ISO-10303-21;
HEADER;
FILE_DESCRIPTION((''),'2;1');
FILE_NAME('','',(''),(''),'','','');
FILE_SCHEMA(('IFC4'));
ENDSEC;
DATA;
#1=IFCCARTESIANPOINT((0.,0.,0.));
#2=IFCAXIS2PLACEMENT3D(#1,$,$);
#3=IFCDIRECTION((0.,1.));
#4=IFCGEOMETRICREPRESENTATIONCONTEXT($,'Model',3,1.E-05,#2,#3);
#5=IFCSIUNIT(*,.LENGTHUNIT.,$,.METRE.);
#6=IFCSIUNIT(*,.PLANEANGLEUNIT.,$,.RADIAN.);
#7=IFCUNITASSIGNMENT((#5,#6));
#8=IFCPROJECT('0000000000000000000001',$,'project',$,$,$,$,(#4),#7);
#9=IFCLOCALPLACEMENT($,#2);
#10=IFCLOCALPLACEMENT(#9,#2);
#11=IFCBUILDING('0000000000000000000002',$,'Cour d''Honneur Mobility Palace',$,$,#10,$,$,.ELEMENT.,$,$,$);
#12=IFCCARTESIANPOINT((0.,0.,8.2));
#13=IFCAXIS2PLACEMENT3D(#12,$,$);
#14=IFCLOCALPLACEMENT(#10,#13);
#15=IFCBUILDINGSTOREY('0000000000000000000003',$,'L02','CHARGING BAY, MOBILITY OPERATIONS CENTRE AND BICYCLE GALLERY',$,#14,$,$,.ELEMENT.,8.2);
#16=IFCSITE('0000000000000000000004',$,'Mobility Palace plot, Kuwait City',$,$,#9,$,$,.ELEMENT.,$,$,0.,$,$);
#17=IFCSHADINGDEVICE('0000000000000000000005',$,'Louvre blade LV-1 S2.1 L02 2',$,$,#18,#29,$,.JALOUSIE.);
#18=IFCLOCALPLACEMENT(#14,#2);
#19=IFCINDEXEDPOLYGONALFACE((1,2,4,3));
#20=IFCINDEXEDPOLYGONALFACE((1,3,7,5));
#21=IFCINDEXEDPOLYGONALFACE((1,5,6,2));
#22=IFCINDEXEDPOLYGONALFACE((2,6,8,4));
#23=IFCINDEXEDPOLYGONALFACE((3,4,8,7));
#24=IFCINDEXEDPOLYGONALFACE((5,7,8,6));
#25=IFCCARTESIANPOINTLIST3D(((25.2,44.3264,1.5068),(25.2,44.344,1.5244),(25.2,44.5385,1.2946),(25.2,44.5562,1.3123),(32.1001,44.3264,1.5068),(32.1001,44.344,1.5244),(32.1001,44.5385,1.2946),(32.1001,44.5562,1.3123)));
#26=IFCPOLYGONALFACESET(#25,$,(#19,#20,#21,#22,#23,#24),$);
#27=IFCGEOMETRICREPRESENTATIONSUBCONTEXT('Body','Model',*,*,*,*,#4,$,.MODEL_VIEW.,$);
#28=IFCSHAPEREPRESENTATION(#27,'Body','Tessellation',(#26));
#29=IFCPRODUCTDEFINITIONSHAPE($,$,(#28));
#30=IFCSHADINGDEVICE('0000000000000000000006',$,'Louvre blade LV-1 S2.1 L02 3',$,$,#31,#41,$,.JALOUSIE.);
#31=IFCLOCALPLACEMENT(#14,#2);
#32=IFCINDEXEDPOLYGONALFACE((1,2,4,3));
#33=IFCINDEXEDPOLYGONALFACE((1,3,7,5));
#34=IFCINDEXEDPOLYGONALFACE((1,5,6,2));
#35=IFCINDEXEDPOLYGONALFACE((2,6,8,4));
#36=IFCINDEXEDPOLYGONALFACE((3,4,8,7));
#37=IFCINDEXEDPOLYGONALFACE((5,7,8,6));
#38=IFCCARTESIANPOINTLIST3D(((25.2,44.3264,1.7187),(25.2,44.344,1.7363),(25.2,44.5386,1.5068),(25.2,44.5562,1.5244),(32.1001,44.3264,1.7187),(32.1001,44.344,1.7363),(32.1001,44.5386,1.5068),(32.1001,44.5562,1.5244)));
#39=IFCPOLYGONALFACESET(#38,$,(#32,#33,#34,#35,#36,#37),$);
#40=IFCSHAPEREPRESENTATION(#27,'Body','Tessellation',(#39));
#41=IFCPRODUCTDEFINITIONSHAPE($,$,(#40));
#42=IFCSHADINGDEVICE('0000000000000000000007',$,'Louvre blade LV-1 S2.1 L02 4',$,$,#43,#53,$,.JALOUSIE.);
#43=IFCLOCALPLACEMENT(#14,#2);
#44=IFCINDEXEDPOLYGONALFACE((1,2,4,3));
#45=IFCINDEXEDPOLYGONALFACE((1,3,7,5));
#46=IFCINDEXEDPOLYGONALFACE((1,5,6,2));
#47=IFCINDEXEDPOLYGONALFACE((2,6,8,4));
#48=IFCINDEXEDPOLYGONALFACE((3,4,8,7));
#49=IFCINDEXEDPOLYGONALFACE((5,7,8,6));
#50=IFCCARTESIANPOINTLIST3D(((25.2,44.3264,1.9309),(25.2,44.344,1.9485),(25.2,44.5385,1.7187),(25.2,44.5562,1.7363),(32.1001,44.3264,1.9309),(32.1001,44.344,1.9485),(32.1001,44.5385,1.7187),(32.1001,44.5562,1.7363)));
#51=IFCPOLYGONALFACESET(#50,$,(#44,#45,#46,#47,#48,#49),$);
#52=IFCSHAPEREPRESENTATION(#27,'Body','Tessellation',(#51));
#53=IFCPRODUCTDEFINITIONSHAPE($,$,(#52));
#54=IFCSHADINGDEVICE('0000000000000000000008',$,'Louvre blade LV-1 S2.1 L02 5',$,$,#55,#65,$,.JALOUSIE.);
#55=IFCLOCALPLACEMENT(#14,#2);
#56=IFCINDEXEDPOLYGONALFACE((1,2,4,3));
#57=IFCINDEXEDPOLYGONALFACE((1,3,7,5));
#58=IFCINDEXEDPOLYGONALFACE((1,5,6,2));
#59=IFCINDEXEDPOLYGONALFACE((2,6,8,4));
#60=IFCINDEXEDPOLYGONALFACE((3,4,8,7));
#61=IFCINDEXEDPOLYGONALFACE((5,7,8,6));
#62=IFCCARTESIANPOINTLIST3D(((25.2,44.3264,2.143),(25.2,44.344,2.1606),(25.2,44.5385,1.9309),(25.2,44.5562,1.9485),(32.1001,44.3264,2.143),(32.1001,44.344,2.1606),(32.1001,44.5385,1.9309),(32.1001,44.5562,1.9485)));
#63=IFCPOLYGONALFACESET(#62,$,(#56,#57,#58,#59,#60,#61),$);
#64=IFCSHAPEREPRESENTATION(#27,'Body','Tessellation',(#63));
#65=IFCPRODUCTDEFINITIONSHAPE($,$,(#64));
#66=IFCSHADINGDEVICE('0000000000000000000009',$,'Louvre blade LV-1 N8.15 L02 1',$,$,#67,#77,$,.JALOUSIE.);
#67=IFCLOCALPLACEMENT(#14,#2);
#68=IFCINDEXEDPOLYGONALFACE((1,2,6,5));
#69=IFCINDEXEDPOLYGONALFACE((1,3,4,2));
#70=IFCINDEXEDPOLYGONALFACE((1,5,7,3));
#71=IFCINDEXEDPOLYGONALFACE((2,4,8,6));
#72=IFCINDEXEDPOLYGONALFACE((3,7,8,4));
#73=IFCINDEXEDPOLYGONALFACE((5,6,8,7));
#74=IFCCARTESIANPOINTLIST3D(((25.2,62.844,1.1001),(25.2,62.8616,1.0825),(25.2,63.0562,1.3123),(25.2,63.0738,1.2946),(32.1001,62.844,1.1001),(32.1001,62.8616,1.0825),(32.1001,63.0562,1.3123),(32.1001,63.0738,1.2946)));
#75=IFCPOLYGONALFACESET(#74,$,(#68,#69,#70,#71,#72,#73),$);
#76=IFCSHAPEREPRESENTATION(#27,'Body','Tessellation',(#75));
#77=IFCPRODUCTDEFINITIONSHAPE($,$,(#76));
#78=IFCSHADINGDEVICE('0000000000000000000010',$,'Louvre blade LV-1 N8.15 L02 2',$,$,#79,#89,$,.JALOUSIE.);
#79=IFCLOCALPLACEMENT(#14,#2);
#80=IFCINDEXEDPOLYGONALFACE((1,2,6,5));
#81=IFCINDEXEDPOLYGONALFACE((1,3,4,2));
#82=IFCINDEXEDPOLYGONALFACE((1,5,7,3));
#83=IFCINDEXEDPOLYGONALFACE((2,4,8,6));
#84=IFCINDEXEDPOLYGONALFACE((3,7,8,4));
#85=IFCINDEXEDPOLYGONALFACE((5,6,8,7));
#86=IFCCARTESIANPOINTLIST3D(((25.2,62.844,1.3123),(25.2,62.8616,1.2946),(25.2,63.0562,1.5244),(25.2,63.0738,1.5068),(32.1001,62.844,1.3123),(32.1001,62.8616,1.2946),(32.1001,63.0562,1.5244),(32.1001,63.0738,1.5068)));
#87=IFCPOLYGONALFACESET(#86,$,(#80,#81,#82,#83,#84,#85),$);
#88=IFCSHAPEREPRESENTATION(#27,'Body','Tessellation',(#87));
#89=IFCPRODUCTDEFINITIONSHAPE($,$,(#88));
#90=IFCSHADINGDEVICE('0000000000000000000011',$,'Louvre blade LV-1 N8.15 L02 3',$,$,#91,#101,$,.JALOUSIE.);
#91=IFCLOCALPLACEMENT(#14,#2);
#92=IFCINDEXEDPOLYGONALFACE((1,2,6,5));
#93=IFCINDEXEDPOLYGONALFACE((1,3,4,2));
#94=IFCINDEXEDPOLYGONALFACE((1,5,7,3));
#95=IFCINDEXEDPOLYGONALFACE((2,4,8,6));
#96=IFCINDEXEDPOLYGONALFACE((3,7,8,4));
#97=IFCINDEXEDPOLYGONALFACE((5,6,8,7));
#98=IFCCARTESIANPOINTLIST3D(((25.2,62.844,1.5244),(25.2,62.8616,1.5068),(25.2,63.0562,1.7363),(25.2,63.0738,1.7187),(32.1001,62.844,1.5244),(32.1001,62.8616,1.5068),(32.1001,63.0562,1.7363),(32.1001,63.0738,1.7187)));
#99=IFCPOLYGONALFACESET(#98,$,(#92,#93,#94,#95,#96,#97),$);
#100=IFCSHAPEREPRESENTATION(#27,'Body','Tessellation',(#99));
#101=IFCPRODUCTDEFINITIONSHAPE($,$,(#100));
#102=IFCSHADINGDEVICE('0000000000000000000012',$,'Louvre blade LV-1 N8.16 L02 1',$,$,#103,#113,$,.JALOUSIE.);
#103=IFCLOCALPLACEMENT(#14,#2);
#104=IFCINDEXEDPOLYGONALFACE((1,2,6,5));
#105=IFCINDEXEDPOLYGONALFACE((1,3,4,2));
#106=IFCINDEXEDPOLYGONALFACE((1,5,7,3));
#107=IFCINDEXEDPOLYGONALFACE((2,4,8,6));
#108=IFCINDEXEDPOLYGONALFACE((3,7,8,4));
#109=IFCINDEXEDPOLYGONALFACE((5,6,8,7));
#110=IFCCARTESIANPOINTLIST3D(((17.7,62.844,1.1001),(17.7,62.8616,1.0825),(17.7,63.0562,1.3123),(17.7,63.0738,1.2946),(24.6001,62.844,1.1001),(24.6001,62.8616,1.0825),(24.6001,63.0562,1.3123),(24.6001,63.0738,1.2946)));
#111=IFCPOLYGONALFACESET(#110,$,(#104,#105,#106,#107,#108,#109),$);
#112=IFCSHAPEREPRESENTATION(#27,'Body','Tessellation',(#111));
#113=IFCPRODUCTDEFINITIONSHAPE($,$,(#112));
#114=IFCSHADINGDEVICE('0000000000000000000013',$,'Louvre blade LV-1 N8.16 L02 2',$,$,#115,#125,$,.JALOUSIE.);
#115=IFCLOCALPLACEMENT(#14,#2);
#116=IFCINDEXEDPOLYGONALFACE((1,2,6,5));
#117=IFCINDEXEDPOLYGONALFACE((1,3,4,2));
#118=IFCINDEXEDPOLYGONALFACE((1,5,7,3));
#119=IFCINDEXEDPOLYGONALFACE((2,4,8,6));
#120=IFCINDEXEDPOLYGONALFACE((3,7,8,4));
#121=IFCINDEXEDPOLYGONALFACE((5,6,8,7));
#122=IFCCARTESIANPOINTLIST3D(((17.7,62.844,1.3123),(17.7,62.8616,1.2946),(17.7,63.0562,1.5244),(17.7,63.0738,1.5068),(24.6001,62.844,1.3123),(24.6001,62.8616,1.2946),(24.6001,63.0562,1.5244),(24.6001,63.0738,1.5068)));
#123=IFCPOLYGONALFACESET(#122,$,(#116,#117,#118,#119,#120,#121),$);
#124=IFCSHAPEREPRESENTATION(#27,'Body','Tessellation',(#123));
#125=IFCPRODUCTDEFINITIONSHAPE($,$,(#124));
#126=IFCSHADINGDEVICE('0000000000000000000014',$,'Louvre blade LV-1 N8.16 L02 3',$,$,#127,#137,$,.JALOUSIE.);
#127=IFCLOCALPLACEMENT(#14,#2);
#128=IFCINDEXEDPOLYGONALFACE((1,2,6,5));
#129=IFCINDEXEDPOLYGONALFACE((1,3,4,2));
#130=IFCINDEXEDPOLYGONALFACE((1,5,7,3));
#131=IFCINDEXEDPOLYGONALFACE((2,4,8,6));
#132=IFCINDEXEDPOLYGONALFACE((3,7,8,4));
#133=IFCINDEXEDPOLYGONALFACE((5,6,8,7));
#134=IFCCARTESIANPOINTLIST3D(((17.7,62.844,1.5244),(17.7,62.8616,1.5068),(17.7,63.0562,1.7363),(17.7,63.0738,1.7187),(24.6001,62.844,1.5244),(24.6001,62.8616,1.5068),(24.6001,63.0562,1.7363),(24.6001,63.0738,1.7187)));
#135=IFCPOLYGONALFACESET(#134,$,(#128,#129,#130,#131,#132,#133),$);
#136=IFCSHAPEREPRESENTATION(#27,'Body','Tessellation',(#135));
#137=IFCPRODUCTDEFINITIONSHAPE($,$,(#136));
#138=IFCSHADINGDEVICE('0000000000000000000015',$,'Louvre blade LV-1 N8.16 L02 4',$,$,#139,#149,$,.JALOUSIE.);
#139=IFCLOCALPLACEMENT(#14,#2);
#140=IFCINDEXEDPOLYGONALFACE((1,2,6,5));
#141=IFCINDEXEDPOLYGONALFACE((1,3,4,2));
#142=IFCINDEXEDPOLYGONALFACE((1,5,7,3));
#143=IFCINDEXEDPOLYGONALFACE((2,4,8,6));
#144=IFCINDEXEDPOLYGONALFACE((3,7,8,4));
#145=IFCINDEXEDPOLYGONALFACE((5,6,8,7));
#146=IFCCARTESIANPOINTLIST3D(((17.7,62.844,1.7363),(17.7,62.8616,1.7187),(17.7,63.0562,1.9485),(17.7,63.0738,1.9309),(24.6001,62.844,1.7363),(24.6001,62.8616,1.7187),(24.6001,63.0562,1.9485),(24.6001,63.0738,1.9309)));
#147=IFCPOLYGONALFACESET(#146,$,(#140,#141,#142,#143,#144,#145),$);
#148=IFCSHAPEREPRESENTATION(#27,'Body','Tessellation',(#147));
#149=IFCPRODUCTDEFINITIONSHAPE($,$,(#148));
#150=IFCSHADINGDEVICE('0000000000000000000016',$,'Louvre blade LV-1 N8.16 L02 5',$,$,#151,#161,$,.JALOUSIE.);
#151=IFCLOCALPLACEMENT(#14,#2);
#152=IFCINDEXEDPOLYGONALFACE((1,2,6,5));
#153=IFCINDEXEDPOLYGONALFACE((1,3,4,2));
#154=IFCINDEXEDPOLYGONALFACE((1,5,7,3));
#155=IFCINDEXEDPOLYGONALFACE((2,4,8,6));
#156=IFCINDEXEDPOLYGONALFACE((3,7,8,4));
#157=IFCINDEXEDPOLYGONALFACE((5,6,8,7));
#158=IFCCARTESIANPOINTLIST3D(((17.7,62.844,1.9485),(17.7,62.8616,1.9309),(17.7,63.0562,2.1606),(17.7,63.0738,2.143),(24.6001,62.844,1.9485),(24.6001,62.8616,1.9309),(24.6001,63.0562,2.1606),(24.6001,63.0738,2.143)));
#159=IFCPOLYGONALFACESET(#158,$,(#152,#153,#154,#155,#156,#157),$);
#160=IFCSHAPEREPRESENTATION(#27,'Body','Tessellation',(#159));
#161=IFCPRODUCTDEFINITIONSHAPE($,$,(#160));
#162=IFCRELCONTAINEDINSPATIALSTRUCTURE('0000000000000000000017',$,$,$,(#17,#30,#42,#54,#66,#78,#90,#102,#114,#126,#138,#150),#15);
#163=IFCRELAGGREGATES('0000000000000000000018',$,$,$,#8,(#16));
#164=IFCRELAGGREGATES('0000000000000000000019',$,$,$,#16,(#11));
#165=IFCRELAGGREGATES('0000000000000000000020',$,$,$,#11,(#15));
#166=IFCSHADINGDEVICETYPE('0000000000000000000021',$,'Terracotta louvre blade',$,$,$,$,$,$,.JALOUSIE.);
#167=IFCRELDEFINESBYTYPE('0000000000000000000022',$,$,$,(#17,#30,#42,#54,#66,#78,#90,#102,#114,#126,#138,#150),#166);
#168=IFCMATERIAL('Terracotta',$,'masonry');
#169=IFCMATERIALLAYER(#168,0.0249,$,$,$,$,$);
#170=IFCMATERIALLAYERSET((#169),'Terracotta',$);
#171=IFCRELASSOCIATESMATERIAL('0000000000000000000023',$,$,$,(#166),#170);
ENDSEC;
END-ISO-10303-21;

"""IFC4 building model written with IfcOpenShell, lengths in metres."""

from ifc_helpers import new_model, si_unit, direction, frame, origin, place, context, subcontext, project, spatial, polyline, outline, extrude, material, layer, layer_set, type_object, element, save


model = new_model("IFC4")

# Units and contexts
model_context = context("Model", 3, precision=1e-05, world=origin(), true_north=direction((0.0, 1.0)))
body_context = subcontext(model_context, "Body", "Model", "MODEL_VIEW")
ifc_project = project(units=[si_unit("LENGTHUNIT", "METRE"), si_unit("PLANEANGLEUNIT", "RADIAN")], contexts=[model_context])

# Site, building, storey
site_placement = place(None, origin())
site = spatial("IfcSite", under=ifc_project, at=site_placement, Name="Mobility Palace plot, Kuwait City", CompositionType="ELEMENT", RefElevation=0.0)
building_placement = place(site_placement, origin())
building = spatial("IfcBuilding", under=site, at=building_placement, Name="Cour d'Honneur Mobility Palace", CompositionType="ELEMENT")
storey_placement = place(building_placement, frame((0.0, 0.0, 8.2)))
storey = spatial("IfcBuildingStorey", under=building, at=storey_placement, Name="L02", Description="CHARGING BAY, MOBILITY OPERATIONS CENTRE AND BICYCLE GALLERY", CompositionType="ELEMENT", Elevation=8.2)

# Shading devices
ifc_material_1 = material(Name="Terracotta", Category="masonry")
ifc_layer_1 = layer(ifc_material_1, 0.0249)
ifc_layer_set_1 = layer_set([ifc_layer_1], Name="Terracotta")
shading_device_type = type_object("IfcShadingDeviceType", Name="Terracotta louvre blade", PredefinedType="JALOUSIE", material=ifc_layer_set_1)
for number, where, z_axis, x_axis, name in (
    (1, (25.2, 44.5562, 1.3123), (0.0, 0.707107, 0.707107), (1.0, 0.0, 0.0), "Louvre blade LV-1 S2.1 L02 2"),
):
    element("IfcShadingDevice", number, at=place(storey_placement, frame(where, z_axis=z_axis, x_axis=x_axis)), inside=storey, type_object=shading_device_type, Name=name, PredefinedType="JALOUSIE", context=body_context, shape_type="SweptSolid", body=[
        extrude(outline(polyline([(0.0, 0.0), (6.9001, 0.0), (6.9001, -0.3), (0.0, -0.3), (0.0, 0.0)])), origin(), (0.0, 0.0, -1.0), 0.0249),
    ])
shading_device_1_placement = place(storey_placement, frame((25.2, 44.5562, 1.5244), z_axis=(0.0, 0.7067, 0.707514), x_axis=(1.0, 0.0, 0.0)))
element("IfcShadingDevice", 2, at=shading_device_1_placement, inside=storey, type_object=shading_device_type, Name="Louvre blade LV-1 S2.1 L02 3", PredefinedType="JALOUSIE", context=body_context, shape_type="SweptSolid", body=[
    extrude(outline(polyline([(0.0, 0.0), (6.9001, 0.0), (6.9001, -0.2999), (0.0, -0.2999), (0.0, 0.0)])), origin(), (0.0, 0.0, -1.0), 0.0249),
])
for number, where, z_axis, x_axis, name in (
    (3, (25.2, 44.5562, 1.7363), (0.0, 0.707107, 0.707107), (1.0, 0.0, 0.0), "Louvre blade LV-1 S2.1 L02 4"),
    (4, (25.2, 44.5562, 1.9485), (0.0, 0.707107, 0.707107), (1.0, 0.0, 0.0), "Louvre blade LV-1 S2.1 L02 5"),
    (5, (32.1001, 62.844, 1.1001), (0.0, -0.707107, 0.707107), (-1.0, 0.0, 0.0), "Louvre blade LV-1 N8.15 L02 1"),
    (6, (32.1001, 62.844, 1.3123), (0.0, -0.707107, 0.707107), (-1.0, 0.0, 0.0), "Louvre blade LV-1 N8.15 L02 2"),
):
    element("IfcShadingDevice", number, at=place(storey_placement, frame(where, z_axis=z_axis, x_axis=x_axis)), inside=storey, type_object=shading_device_type, Name=name, PredefinedType="JALOUSIE", context=body_context, shape_type="SweptSolid", body=[
        extrude(outline(polyline([(0.0, 0.0), (6.9001, 0.0), (6.9001, -0.3), (0.0, -0.3), (0.0, 0.0)])), origin(), (0.0, 0.0, -1.0), 0.0249),
    ])
shading_device_2_placement = place(storey_placement, frame((32.1001, 62.844, 1.5244), z_axis=(0.0, -0.7067, 0.707514), x_axis=(-1.0, 0.0, 0.0)))
element("IfcShadingDevice", 7, at=shading_device_2_placement, inside=storey, type_object=shading_device_type, Name="Louvre blade LV-1 N8.15 L02 3", PredefinedType="JALOUSIE", context=body_context, shape_type="SweptSolid", body=[
    extrude(outline(polyline([(0.0, 0.0), (6.9001, 0.0), (6.9001, -0.2999), (0.0, -0.2999), (0.0, 0.0)])), origin(), (0.0, 0.0, -1.0), 0.0249),
])
for number, where, z_axis, x_axis, name in (
    (8, (24.6001, 62.844, 1.1001), (0.0, -0.707107, 0.707107), (-1.0, 0.0, 0.0), "Louvre blade LV-1 N8.16 L02 1"),
    (9, (24.6001, 62.844, 1.3123), (0.0, -0.707107, 0.707107), (-1.0, 0.0, 0.0), "Louvre blade LV-1 N8.16 L02 2"),
):
    element("IfcShadingDevice", number, at=place(storey_placement, frame(where, z_axis=z_axis, x_axis=x_axis)), inside=storey, type_object=shading_device_type, Name=name, PredefinedType="JALOUSIE", context=body_context, shape_type="SweptSolid", body=[
        extrude(outline(polyline([(0.0, 0.0), (6.9001, 0.0), (6.9001, -0.3), (0.0, -0.3), (0.0, 0.0)])), origin(), (0.0, 0.0, -1.0), 0.0249),
    ])
shading_device_3_placement = place(storey_placement, frame((24.6001, 62.844, 1.5244), z_axis=(0.0, -0.7067, 0.707514), x_axis=(-1.0, 0.0, 0.0)))
element("IfcShadingDevice", 10, at=shading_device_3_placement, inside=storey, type_object=shading_device_type, Name="Louvre blade LV-1 N8.16 L02 3", PredefinedType="JALOUSIE", context=body_context, shape_type="SweptSolid", body=[
    extrude(outline(polyline([(0.0, 0.0), (6.9001, 0.0), (6.9001, -0.2999), (0.0, -0.2999), (0.0, 0.0)])), origin(), (0.0, 0.0, -1.0), 0.0249),
])
for number, where, z_axis, x_axis, name in (
    (11, (24.6001, 62.844, 1.7363), (0.0, -0.707107, 0.707107), (-1.0, 0.0, 0.0), "Louvre blade LV-1 N8.16 L02 4"),
    (12, (24.6001, 62.844, 1.9485), (0.0, -0.707107, 0.707107), (-1.0, 0.0, 0.0), "Louvre blade LV-1 N8.16 L02 5"),
):
    element("IfcShadingDevice", number, at=place(storey_placement, frame(where, z_axis=z_axis, x_axis=x_axis)), inside=storey, type_object=shading_device_type, Name=name, PredefinedType="JALOUSIE", context=body_context, shape_type="SweptSolid", body=[
        extrude(outline(polyline([(0.0, 0.0), (6.9001, 0.0), (6.9001, -0.3), (0.0, -0.3), (0.0, 0.0)])), origin(), (0.0, 0.0, -1.0), 0.0249),
    ])

save(model, "model.ifc")
